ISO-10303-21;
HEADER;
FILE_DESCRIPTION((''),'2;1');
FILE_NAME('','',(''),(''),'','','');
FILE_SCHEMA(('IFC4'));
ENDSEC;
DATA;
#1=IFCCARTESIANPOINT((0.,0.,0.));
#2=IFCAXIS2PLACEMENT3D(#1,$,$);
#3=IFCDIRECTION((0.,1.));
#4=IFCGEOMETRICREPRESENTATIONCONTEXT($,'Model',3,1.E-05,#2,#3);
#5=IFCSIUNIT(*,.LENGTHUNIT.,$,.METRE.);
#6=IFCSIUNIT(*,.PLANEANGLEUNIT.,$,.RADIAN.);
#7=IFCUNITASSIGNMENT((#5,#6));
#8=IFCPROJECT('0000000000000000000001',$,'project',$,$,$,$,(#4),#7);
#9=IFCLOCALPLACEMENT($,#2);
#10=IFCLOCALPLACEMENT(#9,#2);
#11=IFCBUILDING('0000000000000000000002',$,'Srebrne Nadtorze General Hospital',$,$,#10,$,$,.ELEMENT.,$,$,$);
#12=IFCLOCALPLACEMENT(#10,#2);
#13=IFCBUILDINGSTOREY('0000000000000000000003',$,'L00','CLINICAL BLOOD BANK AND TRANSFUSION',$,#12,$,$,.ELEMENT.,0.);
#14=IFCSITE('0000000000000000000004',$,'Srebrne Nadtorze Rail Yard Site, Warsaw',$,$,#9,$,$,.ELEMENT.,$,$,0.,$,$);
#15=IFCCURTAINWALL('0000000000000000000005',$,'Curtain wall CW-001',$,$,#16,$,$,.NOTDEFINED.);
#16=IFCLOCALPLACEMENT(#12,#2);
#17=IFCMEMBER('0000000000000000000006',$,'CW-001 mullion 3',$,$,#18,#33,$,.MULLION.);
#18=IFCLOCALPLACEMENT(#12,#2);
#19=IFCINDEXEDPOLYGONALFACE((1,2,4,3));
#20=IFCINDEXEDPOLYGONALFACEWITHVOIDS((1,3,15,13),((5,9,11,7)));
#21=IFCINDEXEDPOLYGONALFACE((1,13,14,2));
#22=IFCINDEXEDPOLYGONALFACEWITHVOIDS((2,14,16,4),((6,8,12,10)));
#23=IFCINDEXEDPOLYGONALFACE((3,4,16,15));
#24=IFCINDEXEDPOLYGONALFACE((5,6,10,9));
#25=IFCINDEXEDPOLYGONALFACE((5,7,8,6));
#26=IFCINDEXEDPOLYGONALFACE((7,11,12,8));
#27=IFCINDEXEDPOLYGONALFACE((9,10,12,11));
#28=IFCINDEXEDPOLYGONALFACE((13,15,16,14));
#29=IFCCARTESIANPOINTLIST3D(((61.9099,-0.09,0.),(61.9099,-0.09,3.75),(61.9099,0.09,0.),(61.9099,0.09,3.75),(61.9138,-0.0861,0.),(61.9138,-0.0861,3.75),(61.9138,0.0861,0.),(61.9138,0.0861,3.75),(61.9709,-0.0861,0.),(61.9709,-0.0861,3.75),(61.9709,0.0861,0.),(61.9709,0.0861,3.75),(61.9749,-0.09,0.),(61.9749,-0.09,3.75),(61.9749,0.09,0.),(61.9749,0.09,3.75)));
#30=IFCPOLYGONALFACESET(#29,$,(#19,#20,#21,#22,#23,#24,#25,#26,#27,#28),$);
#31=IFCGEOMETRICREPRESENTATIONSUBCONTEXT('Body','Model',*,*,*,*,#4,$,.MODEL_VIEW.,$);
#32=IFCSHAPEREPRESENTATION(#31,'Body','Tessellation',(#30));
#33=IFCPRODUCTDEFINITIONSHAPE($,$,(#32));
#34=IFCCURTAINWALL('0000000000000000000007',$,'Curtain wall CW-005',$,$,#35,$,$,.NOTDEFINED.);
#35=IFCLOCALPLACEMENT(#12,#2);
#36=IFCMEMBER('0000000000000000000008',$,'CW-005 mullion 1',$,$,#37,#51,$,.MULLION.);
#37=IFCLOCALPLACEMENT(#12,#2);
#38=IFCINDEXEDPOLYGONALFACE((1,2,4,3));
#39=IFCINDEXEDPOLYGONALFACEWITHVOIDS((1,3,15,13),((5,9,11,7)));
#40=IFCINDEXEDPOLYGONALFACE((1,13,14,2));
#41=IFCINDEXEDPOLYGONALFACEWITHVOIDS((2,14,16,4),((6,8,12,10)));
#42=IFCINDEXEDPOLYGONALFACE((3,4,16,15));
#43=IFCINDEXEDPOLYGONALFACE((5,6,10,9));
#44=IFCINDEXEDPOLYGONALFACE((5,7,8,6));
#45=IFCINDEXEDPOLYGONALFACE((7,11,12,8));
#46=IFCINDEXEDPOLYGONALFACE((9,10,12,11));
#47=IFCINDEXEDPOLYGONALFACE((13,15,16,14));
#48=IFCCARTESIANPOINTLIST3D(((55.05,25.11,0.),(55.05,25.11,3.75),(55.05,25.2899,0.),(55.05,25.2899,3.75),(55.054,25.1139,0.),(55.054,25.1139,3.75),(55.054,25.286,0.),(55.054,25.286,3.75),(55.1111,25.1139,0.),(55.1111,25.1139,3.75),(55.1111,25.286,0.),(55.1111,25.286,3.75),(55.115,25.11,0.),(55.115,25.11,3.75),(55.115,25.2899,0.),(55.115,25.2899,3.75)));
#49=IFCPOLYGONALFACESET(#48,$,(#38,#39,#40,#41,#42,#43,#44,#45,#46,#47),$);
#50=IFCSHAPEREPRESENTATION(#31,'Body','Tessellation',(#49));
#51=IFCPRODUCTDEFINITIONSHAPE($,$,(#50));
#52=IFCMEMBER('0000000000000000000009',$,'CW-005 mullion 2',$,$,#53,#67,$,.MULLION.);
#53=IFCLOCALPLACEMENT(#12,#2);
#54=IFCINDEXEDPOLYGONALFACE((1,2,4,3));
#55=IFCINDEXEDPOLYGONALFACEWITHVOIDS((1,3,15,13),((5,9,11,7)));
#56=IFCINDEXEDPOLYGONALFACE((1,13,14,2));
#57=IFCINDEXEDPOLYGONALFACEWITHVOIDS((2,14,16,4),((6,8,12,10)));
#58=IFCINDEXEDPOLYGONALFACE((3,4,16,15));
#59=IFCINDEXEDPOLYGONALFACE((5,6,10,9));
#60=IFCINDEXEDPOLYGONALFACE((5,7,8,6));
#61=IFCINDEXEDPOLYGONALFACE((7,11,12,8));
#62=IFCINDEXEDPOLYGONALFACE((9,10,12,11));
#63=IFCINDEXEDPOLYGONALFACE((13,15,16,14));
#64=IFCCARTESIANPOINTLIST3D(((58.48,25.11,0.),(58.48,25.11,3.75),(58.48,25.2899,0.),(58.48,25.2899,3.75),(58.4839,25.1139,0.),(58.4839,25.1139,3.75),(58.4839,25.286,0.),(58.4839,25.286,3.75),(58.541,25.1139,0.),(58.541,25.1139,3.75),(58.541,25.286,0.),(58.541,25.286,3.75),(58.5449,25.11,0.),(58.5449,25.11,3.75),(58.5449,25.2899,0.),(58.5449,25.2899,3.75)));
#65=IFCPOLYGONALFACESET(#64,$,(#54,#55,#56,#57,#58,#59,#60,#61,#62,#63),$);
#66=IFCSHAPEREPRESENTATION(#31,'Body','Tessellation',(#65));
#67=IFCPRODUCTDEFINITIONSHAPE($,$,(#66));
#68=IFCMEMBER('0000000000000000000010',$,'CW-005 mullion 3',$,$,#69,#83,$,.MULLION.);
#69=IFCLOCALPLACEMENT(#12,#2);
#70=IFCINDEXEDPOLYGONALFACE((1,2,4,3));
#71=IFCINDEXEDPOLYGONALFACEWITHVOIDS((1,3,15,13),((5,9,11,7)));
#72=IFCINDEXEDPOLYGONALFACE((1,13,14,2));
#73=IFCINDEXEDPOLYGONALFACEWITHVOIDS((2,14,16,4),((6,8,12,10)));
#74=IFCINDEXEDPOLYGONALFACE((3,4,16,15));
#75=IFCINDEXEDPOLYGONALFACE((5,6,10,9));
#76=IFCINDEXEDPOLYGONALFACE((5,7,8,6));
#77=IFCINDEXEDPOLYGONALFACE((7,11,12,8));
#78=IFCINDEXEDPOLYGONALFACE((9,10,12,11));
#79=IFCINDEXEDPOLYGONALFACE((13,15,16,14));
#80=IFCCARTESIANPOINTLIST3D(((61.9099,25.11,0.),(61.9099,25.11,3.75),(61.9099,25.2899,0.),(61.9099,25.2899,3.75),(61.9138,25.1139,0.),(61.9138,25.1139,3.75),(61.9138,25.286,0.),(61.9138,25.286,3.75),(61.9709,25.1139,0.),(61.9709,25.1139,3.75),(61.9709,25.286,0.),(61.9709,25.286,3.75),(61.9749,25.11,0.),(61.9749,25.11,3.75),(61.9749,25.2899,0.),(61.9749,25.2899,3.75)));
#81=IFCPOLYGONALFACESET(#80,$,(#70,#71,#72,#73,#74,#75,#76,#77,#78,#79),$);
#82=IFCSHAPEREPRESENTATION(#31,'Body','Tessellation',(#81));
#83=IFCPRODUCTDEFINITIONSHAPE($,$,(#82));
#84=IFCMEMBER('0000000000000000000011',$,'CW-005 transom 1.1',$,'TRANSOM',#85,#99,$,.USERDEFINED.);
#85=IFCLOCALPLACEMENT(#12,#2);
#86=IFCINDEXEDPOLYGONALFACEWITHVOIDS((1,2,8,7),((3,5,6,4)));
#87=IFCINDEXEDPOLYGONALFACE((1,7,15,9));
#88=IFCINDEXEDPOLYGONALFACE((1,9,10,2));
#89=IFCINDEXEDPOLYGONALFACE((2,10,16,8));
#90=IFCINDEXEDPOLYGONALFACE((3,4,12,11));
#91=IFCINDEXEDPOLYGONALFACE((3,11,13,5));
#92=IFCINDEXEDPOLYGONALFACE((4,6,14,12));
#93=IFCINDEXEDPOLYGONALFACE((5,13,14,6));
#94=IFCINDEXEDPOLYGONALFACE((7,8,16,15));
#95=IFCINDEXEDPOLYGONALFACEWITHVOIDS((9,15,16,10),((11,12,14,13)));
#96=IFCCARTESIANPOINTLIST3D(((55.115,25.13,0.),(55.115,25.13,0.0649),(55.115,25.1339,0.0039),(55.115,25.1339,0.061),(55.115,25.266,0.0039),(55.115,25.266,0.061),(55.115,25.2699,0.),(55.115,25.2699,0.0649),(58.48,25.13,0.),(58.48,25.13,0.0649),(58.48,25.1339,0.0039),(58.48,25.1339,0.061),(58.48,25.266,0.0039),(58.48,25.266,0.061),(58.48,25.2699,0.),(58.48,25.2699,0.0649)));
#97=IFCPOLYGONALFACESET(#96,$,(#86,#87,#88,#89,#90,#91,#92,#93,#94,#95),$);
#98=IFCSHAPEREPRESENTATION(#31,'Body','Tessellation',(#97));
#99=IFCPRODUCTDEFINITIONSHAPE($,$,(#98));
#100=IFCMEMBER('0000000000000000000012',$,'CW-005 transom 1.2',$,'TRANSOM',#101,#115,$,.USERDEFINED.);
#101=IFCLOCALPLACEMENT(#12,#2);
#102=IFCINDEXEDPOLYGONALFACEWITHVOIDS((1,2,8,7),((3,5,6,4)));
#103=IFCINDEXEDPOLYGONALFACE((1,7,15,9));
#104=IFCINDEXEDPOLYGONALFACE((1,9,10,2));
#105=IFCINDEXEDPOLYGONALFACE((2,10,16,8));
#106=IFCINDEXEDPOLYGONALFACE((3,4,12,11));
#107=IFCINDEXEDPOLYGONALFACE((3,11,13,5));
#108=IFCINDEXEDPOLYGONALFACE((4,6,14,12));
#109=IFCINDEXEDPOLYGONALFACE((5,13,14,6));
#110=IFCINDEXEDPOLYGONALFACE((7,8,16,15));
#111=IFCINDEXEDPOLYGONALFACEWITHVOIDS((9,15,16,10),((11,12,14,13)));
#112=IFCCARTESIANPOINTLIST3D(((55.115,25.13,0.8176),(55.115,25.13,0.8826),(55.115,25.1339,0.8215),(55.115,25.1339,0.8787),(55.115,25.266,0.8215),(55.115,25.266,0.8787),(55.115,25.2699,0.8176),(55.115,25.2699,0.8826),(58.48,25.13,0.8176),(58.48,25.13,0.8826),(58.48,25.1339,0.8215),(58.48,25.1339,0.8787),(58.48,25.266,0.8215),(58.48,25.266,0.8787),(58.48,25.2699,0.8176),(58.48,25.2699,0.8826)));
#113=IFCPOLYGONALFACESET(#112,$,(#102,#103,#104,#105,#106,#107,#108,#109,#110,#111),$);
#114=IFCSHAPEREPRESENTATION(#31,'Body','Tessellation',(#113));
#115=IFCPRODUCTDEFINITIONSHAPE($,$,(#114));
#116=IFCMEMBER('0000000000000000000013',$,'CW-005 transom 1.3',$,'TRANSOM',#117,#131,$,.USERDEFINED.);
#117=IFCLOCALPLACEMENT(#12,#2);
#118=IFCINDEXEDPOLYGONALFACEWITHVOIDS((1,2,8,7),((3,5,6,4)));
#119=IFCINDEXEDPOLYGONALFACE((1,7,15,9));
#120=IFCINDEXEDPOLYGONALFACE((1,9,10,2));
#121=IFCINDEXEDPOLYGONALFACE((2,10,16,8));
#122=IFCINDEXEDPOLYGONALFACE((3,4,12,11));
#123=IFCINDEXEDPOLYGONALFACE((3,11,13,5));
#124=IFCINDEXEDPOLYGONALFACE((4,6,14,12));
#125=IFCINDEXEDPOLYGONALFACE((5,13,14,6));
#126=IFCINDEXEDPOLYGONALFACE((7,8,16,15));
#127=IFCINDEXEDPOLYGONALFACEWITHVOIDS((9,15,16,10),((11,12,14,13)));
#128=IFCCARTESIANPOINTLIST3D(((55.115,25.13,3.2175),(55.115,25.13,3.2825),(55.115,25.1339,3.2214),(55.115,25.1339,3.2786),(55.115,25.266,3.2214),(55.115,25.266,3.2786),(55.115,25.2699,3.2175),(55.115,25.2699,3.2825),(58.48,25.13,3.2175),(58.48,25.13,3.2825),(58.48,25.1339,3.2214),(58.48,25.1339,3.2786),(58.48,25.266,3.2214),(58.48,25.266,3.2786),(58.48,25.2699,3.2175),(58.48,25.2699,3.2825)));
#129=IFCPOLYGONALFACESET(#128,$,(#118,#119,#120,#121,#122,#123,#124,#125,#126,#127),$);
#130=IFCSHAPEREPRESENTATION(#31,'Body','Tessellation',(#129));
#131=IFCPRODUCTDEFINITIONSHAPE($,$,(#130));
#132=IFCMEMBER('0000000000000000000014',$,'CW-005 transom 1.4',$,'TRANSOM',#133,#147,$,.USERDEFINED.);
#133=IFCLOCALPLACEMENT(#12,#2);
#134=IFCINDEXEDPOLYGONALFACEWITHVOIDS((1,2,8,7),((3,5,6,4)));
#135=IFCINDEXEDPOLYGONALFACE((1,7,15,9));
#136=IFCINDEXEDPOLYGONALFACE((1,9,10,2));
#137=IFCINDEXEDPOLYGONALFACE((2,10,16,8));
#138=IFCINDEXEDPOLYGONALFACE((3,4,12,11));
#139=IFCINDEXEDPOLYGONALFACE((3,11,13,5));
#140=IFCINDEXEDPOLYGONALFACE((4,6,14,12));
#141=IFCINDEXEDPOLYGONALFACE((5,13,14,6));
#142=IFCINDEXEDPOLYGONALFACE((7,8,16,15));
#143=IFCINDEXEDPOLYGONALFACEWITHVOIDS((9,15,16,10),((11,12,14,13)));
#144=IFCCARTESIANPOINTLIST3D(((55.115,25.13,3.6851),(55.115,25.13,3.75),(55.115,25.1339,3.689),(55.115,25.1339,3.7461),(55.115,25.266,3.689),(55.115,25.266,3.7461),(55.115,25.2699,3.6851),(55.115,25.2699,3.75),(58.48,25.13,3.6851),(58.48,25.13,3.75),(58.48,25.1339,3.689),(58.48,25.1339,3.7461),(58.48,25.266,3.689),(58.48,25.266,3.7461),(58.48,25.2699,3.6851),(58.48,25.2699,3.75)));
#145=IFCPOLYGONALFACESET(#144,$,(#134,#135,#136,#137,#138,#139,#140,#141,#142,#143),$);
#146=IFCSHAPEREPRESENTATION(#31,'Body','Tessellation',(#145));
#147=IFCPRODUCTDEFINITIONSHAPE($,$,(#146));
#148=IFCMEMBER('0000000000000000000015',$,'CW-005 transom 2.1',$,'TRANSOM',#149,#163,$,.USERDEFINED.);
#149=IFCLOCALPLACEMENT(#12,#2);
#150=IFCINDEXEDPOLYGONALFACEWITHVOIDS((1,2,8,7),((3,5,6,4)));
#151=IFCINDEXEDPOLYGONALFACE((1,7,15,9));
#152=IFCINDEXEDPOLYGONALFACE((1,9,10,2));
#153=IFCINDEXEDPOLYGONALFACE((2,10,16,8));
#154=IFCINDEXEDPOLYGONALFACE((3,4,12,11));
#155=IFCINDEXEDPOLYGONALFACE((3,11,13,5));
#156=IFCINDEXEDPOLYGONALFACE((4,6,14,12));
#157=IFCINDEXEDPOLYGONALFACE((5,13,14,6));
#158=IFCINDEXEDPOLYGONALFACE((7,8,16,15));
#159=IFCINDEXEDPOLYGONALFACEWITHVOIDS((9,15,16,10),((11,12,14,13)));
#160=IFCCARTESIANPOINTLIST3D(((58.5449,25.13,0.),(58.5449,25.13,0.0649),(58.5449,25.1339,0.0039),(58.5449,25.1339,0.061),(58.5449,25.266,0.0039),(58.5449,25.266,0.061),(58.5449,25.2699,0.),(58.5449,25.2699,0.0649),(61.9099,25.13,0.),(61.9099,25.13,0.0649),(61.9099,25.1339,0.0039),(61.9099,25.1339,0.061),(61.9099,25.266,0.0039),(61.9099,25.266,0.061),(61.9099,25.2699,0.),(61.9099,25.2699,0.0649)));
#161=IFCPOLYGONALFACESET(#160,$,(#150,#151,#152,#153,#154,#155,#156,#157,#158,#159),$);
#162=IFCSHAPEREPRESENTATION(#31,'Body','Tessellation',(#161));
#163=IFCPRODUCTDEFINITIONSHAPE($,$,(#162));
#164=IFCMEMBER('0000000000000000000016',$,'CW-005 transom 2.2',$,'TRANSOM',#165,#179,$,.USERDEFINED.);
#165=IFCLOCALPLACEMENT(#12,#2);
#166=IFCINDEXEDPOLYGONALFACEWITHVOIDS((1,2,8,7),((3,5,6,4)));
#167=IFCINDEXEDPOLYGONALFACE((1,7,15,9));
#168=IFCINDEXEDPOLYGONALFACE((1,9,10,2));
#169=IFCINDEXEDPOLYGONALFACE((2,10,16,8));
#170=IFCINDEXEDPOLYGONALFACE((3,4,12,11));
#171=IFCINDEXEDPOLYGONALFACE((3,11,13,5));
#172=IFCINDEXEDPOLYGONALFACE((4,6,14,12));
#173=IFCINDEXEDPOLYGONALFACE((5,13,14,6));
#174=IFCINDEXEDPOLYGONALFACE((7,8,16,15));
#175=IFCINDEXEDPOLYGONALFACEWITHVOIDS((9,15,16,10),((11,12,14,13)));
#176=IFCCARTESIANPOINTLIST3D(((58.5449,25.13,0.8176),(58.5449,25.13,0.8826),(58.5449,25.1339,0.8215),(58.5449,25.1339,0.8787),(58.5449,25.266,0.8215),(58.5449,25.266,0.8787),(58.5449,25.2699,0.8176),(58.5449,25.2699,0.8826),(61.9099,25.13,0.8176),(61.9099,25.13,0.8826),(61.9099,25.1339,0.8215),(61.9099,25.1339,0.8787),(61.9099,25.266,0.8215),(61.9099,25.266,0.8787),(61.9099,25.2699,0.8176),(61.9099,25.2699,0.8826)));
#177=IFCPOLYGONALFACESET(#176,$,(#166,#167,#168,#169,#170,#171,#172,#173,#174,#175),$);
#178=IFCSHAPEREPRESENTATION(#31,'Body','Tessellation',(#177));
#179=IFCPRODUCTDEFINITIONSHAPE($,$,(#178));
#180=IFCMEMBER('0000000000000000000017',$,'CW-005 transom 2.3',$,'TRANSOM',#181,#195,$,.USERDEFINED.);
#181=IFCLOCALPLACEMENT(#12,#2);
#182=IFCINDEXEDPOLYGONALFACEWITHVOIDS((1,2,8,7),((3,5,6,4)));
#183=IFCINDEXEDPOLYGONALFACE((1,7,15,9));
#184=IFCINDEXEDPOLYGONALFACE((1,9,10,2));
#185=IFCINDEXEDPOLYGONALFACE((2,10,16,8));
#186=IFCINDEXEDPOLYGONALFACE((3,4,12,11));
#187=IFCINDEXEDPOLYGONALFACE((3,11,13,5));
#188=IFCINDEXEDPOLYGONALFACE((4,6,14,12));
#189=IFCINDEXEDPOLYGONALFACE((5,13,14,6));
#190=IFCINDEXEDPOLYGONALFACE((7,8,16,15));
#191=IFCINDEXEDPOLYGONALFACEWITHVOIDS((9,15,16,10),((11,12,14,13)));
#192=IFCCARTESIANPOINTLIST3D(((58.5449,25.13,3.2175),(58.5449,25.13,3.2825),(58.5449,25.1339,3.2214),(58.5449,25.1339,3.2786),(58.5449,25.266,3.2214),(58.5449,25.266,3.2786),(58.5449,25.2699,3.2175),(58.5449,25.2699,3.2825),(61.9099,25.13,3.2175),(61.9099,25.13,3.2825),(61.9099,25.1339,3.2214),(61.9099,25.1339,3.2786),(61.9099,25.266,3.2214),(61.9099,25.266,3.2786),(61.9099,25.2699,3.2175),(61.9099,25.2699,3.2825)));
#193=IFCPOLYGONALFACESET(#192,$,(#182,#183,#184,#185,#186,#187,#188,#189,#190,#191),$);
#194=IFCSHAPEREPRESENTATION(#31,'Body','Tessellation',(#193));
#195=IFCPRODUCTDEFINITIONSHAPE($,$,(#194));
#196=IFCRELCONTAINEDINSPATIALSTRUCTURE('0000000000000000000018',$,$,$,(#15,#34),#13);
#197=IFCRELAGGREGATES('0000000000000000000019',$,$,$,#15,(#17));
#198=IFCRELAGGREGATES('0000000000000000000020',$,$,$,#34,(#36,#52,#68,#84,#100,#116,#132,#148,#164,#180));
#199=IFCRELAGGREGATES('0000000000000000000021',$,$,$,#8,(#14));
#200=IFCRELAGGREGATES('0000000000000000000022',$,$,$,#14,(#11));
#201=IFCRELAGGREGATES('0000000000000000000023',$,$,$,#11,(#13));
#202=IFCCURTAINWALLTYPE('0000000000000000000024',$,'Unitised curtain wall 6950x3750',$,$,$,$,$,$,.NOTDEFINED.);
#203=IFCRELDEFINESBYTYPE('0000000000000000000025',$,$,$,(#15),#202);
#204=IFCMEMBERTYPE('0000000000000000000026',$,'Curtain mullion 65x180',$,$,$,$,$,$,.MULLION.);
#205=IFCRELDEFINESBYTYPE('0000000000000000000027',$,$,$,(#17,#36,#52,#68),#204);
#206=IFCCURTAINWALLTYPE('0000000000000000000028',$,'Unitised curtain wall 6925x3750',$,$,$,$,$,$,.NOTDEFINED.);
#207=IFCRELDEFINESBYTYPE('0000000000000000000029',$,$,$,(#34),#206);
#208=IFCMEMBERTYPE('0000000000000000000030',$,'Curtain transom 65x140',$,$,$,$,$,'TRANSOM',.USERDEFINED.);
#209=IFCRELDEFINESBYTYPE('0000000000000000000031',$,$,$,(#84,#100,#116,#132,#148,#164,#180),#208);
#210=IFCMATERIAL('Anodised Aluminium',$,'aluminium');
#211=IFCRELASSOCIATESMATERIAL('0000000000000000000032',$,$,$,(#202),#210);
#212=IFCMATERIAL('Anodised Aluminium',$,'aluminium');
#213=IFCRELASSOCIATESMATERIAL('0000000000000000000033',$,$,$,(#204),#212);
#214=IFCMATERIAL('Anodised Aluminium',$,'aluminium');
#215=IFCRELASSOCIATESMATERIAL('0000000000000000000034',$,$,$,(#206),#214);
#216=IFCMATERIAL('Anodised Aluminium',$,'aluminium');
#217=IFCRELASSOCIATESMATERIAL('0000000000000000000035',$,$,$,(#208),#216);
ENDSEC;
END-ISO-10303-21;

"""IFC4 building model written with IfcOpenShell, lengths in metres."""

from ifc_helpers import new_model, si_unit, direction, frame, origin, origin_2d, place, context, subcontext, project, spatial, hollow_rectangle, extrude, material, material_profile, profile_set, type_object, element, aggregate, save


model = new_model("IFC4")

# Units and contexts
model_context = context("Model", 3, precision=1e-05, world=origin(), true_north=direction((0.0, 1.0)))
body_context = subcontext(model_context, "Body", "Model", "MODEL_VIEW")
ifc_project = project(units=[si_unit("LENGTHUNIT", "METRE"), si_unit("PLANEANGLEUNIT", "RADIAN")], contexts=[model_context])

# Site, building, storey
site_placement = place(None, origin())
site = spatial("IfcSite", under=ifc_project, at=site_placement, Name="Srebrne Nadtorze Rail Yard Site, Warsaw", CompositionType="ELEMENT", RefElevation=0.0)
building_placement = place(site_placement, origin())
building = spatial("IfcBuilding", under=site, at=building_placement, Name="Srebrne Nadtorze General Hospital", CompositionType="ELEMENT")
storey_placement = place(building_placement, origin())
storey = spatial("IfcBuildingStorey", under=building, at=storey_placement, Name="L00", Description="CLINICAL BLOOD BANK AND TRANSFUSION", CompositionType="ELEMENT", Elevation=0.0)

# Curtain wall, member
ifc_material_1 = material(Name="Anodised Aluminium", Category="aluminium")
curtain_wall_type_1 = type_object("IfcCurtainWallType", Name="Unitised curtain wall 6950x3750", PredefinedType="NOTDEFINED", material=ifc_material_1)
curtain_wall_1_placement = place(storey_placement, origin())
curtain_wall_1 = element("IfcCurtainWall", 1, at=curtain_wall_1_placement, inside=storey, type_object=curtain_wall_type_1, Name="Curtain wall CW-001", PredefinedType="NOTDEFINED")
ifc_material_2 = material(Name="Anodised Aluminium", Category="aluminium")
ifc_material_profile_1 = material_profile(ifc_material_2, hollow_rectangle(XDim=0.0649, YDim=0.1799, WallThickness=0.0039, at=origin_2d()), Name="AL-MUL-65x180")
ifc_profile_set_1 = profile_set([ifc_material_profile_1], Name="Anodised Aluminium")
member_type_1 = type_object("IfcMemberType", Name="Curtain mullion 65x180", PredefinedType="MULLION", material=ifc_profile_set_1)
member_1_placement = place(storey_placement, frame((61.9424, 0.0, 0.0), z_axis=(0.0, 0.0, 1.0), x_axis=(1.0, 0.0, 0.0)))
member_1 = element("IfcMember", 2, at=member_1_placement, type_object=member_type_1, Name="CW-001 mullion 3", PredefinedType="MULLION", context=body_context, shape_type="SweptSolid", body=[
    extrude(hollow_rectangle(XDim=0.0649, YDim=0.1799, WallThickness=0.0039, at=origin_2d()), origin(), (0.0, 0.0, 1.0), 3.75),
])
aggregate(curtain_wall_1, [member_1])

# Curtain wall, members
ifc_material_3 = material(Name="Anodised Aluminium", Category="aluminium")
curtain_wall_type_2 = type_object("IfcCurtainWallType", Name="Unitised curtain wall 6925x3750", PredefinedType="NOTDEFINED", material=ifc_material_3)
curtain_wall_2_placement = place(storey_placement, origin())
curtain_wall_2 = element("IfcCurtainWall", 3, at=curtain_wall_2_placement, inside=storey, type_object=curtain_wall_type_2, Name="Curtain wall CW-005", PredefinedType="NOTDEFINED")
member_2_placement = place(storey_placement, frame((55.0825, 25.2, 0.0), z_axis=(0.0, 0.0, 1.0), x_axis=(1.0, 0.0, 0.0)))
member_2 = element("IfcMember", 4, at=member_2_placement, type_object=member_type_1, Name="CW-005 mullion 1", PredefinedType="MULLION", context=body_context, shape_type="SweptSolid", body=[
    extrude(hollow_rectangle(XDim=0.0649, YDim=0.1799, WallThickness=0.0039, at=origin_2d()), origin(), (0.0, 0.0, 1.0), 3.75),
])
member_3_placement = place(storey_placement, frame((58.5125, 25.2, 0.0), z_axis=(0.0, 0.0, 1.0), x_axis=(1.0, 0.0, 0.0)))
member_3 = element("IfcMember", 5, at=member_3_placement, type_object=member_type_1, Name="CW-005 mullion 2", PredefinedType="MULLION", context=body_context, shape_type="SweptSolid", body=[
    extrude(hollow_rectangle(XDim=0.0649, YDim=0.1799, WallThickness=0.0039, at=origin_2d()), origin(), (0.0, 0.0, 1.0), 3.75),
])
member_4_placement = place(storey_placement, frame((61.9424, 25.2, 0.0), z_axis=(0.0, 0.0, 1.0), x_axis=(1.0, 0.0, 0.0)))
member_4 = element("IfcMember", 6, at=member_4_placement, type_object=member_type_1, Name="CW-005 mullion 3", PredefinedType="MULLION", context=body_context, shape_type="SweptSolid", body=[
    extrude(hollow_rectangle(XDim=0.0649, YDim=0.1799, WallThickness=0.0039, at=origin_2d()), origin(), (0.0, 0.0, 1.0), 3.75),
])
ifc_material_4 = material(Name="Anodised Aluminium", Category="aluminium")
ifc_material_profile_2 = material_profile(ifc_material_4, hollow_rectangle(XDim=0.0649, YDim=0.1399, WallThickness=0.0039, at=origin_2d()), Name="AL-TRN-65x140")
ifc_profile_set_2 = profile_set([ifc_material_profile_2], Name="Anodised Aluminium")
member_type_2 = type_object("IfcMemberType", Name="Curtain transom 65x140", ElementType="TRANSOM", PredefinedType="USERDEFINED", material=ifc_profile_set_2)
member_5_placement = place(storey_placement, frame((55.115, 25.2, 0.0325), z_axis=(1.0, 0.0, 0.0), x_axis=(0.0, 0.0, 1.0)))
member_5 = element("IfcMember", 7, at=member_5_placement, type_object=member_type_2, Name="CW-005 transom 1.1", ObjectType="TRANSOM", PredefinedType="USERDEFINED", context=body_context, shape_type="SweptSolid", body=[
    extrude(hollow_rectangle(XDim=0.0649, YDim=0.1399, WallThickness=0.0039, at=origin_2d()), origin(), (0.0, 0.0, 1.0), 3.365),
])
member_6_placement = place(storey_placement, frame((55.115, 25.2, 0.8501), z_axis=(1.0, 0.0, 0.0), x_axis=(0.0, 0.0, 1.0)))
member_6 = element("IfcMember", 8, at=member_6_placement, type_object=member_type_2, Name="CW-005 transom 1.2", ObjectType="TRANSOM", PredefinedType="USERDEFINED", context=body_context, shape_type="SweptSolid", body=[
    extrude(hollow_rectangle(XDim=0.0649, YDim=0.1399, WallThickness=0.0039, at=origin_2d()), origin(), (0.0, 0.0, 1.0), 3.365),
])
member_7_placement = place(storey_placement, frame((55.115, 25.2, 3.25), z_axis=(1.0, 0.0, 0.0), x_axis=(0.0, 0.0, 1.0)))
member_7 = element("IfcMember", 9, at=member_7_placement, type_object=member_type_2, Name="CW-005 transom 1.3", ObjectType="TRANSOM", PredefinedType="USERDEFINED", context=body_context, shape_type="SweptSolid", body=[
    extrude(hollow_rectangle(XDim=0.0649, YDim=0.1399, WallThickness=0.0039, at=origin_2d()), origin(), (0.0, 0.0, 1.0), 3.365),
])
member_8_placement = place(storey_placement, frame((55.115, 25.2, 3.7175), z_axis=(1.0, 0.0, 0.0), x_axis=(0.0, 0.0, 1.0)))
member_8 = element("IfcMember", 10, at=member_8_placement, type_object=member_type_2, Name="CW-005 transom 1.4", ObjectType="TRANSOM", PredefinedType="USERDEFINED", context=body_context, shape_type="SweptSolid", body=[
    extrude(hollow_rectangle(XDim=0.0649, YDim=0.1399, WallThickness=0.0039, at=origin_2d()), origin(), (0.0, 0.0, 1.0), 3.365),
])
member_9_placement = place(storey_placement, frame((58.5449, 25.2, 0.0325), z_axis=(1.0, 0.0, 0.0), x_axis=(0.0, 0.0, 1.0)))
member_9 = element("IfcMember", 11, at=member_9_placement, type_object=member_type_2, Name="CW-005 transom 2.1", ObjectType="TRANSOM", PredefinedType="USERDEFINED", context=body_context, shape_type="SweptSolid", body=[
    extrude(hollow_rectangle(XDim=0.0649, YDim=0.1399, WallThickness=0.0039, at=origin_2d()), origin(), (0.0, 0.0, 1.0), 3.365),
])
member_10_placement = place(storey_placement, frame((58.5449, 25.2, 0.8501), z_axis=(1.0, 0.0, 0.0), x_axis=(0.0, 0.0, 1.0)))
member_10 = element("IfcMember", 12, at=member_10_placement, type_object=member_type_2, Name="CW-005 transom 2.2", ObjectType="TRANSOM", PredefinedType="USERDEFINED", context=body_context, shape_type="SweptSolid", body=[
    extrude(hollow_rectangle(XDim=0.0649, YDim=0.1399, WallThickness=0.0039, at=origin_2d()), origin(), (0.0, 0.0, 1.0), 3.365),
])
member_11_placement = place(storey_placement, frame((58.5449, 25.2, 3.25), z_axis=(1.0, 0.0, 0.0), x_axis=(0.0, 0.0, 1.0)))
member_11 = element("IfcMember", 13, at=member_11_placement, type_object=member_type_2, Name="CW-005 transom 2.3", ObjectType="TRANSOM", PredefinedType="USERDEFINED", context=body_context, shape_type="SweptSolid", body=[
    extrude(hollow_rectangle(XDim=0.0649, YDim=0.1399, WallThickness=0.0039, at=origin_2d()), origin(), (0.0, 0.0, 1.0), 3.365),
])

aggregate(curtain_wall_2, [member_2, member_3, member_4, member_5, member_6, member_7, member_8, member_9, member_10, member_11])

save(model, "model.ifc")
